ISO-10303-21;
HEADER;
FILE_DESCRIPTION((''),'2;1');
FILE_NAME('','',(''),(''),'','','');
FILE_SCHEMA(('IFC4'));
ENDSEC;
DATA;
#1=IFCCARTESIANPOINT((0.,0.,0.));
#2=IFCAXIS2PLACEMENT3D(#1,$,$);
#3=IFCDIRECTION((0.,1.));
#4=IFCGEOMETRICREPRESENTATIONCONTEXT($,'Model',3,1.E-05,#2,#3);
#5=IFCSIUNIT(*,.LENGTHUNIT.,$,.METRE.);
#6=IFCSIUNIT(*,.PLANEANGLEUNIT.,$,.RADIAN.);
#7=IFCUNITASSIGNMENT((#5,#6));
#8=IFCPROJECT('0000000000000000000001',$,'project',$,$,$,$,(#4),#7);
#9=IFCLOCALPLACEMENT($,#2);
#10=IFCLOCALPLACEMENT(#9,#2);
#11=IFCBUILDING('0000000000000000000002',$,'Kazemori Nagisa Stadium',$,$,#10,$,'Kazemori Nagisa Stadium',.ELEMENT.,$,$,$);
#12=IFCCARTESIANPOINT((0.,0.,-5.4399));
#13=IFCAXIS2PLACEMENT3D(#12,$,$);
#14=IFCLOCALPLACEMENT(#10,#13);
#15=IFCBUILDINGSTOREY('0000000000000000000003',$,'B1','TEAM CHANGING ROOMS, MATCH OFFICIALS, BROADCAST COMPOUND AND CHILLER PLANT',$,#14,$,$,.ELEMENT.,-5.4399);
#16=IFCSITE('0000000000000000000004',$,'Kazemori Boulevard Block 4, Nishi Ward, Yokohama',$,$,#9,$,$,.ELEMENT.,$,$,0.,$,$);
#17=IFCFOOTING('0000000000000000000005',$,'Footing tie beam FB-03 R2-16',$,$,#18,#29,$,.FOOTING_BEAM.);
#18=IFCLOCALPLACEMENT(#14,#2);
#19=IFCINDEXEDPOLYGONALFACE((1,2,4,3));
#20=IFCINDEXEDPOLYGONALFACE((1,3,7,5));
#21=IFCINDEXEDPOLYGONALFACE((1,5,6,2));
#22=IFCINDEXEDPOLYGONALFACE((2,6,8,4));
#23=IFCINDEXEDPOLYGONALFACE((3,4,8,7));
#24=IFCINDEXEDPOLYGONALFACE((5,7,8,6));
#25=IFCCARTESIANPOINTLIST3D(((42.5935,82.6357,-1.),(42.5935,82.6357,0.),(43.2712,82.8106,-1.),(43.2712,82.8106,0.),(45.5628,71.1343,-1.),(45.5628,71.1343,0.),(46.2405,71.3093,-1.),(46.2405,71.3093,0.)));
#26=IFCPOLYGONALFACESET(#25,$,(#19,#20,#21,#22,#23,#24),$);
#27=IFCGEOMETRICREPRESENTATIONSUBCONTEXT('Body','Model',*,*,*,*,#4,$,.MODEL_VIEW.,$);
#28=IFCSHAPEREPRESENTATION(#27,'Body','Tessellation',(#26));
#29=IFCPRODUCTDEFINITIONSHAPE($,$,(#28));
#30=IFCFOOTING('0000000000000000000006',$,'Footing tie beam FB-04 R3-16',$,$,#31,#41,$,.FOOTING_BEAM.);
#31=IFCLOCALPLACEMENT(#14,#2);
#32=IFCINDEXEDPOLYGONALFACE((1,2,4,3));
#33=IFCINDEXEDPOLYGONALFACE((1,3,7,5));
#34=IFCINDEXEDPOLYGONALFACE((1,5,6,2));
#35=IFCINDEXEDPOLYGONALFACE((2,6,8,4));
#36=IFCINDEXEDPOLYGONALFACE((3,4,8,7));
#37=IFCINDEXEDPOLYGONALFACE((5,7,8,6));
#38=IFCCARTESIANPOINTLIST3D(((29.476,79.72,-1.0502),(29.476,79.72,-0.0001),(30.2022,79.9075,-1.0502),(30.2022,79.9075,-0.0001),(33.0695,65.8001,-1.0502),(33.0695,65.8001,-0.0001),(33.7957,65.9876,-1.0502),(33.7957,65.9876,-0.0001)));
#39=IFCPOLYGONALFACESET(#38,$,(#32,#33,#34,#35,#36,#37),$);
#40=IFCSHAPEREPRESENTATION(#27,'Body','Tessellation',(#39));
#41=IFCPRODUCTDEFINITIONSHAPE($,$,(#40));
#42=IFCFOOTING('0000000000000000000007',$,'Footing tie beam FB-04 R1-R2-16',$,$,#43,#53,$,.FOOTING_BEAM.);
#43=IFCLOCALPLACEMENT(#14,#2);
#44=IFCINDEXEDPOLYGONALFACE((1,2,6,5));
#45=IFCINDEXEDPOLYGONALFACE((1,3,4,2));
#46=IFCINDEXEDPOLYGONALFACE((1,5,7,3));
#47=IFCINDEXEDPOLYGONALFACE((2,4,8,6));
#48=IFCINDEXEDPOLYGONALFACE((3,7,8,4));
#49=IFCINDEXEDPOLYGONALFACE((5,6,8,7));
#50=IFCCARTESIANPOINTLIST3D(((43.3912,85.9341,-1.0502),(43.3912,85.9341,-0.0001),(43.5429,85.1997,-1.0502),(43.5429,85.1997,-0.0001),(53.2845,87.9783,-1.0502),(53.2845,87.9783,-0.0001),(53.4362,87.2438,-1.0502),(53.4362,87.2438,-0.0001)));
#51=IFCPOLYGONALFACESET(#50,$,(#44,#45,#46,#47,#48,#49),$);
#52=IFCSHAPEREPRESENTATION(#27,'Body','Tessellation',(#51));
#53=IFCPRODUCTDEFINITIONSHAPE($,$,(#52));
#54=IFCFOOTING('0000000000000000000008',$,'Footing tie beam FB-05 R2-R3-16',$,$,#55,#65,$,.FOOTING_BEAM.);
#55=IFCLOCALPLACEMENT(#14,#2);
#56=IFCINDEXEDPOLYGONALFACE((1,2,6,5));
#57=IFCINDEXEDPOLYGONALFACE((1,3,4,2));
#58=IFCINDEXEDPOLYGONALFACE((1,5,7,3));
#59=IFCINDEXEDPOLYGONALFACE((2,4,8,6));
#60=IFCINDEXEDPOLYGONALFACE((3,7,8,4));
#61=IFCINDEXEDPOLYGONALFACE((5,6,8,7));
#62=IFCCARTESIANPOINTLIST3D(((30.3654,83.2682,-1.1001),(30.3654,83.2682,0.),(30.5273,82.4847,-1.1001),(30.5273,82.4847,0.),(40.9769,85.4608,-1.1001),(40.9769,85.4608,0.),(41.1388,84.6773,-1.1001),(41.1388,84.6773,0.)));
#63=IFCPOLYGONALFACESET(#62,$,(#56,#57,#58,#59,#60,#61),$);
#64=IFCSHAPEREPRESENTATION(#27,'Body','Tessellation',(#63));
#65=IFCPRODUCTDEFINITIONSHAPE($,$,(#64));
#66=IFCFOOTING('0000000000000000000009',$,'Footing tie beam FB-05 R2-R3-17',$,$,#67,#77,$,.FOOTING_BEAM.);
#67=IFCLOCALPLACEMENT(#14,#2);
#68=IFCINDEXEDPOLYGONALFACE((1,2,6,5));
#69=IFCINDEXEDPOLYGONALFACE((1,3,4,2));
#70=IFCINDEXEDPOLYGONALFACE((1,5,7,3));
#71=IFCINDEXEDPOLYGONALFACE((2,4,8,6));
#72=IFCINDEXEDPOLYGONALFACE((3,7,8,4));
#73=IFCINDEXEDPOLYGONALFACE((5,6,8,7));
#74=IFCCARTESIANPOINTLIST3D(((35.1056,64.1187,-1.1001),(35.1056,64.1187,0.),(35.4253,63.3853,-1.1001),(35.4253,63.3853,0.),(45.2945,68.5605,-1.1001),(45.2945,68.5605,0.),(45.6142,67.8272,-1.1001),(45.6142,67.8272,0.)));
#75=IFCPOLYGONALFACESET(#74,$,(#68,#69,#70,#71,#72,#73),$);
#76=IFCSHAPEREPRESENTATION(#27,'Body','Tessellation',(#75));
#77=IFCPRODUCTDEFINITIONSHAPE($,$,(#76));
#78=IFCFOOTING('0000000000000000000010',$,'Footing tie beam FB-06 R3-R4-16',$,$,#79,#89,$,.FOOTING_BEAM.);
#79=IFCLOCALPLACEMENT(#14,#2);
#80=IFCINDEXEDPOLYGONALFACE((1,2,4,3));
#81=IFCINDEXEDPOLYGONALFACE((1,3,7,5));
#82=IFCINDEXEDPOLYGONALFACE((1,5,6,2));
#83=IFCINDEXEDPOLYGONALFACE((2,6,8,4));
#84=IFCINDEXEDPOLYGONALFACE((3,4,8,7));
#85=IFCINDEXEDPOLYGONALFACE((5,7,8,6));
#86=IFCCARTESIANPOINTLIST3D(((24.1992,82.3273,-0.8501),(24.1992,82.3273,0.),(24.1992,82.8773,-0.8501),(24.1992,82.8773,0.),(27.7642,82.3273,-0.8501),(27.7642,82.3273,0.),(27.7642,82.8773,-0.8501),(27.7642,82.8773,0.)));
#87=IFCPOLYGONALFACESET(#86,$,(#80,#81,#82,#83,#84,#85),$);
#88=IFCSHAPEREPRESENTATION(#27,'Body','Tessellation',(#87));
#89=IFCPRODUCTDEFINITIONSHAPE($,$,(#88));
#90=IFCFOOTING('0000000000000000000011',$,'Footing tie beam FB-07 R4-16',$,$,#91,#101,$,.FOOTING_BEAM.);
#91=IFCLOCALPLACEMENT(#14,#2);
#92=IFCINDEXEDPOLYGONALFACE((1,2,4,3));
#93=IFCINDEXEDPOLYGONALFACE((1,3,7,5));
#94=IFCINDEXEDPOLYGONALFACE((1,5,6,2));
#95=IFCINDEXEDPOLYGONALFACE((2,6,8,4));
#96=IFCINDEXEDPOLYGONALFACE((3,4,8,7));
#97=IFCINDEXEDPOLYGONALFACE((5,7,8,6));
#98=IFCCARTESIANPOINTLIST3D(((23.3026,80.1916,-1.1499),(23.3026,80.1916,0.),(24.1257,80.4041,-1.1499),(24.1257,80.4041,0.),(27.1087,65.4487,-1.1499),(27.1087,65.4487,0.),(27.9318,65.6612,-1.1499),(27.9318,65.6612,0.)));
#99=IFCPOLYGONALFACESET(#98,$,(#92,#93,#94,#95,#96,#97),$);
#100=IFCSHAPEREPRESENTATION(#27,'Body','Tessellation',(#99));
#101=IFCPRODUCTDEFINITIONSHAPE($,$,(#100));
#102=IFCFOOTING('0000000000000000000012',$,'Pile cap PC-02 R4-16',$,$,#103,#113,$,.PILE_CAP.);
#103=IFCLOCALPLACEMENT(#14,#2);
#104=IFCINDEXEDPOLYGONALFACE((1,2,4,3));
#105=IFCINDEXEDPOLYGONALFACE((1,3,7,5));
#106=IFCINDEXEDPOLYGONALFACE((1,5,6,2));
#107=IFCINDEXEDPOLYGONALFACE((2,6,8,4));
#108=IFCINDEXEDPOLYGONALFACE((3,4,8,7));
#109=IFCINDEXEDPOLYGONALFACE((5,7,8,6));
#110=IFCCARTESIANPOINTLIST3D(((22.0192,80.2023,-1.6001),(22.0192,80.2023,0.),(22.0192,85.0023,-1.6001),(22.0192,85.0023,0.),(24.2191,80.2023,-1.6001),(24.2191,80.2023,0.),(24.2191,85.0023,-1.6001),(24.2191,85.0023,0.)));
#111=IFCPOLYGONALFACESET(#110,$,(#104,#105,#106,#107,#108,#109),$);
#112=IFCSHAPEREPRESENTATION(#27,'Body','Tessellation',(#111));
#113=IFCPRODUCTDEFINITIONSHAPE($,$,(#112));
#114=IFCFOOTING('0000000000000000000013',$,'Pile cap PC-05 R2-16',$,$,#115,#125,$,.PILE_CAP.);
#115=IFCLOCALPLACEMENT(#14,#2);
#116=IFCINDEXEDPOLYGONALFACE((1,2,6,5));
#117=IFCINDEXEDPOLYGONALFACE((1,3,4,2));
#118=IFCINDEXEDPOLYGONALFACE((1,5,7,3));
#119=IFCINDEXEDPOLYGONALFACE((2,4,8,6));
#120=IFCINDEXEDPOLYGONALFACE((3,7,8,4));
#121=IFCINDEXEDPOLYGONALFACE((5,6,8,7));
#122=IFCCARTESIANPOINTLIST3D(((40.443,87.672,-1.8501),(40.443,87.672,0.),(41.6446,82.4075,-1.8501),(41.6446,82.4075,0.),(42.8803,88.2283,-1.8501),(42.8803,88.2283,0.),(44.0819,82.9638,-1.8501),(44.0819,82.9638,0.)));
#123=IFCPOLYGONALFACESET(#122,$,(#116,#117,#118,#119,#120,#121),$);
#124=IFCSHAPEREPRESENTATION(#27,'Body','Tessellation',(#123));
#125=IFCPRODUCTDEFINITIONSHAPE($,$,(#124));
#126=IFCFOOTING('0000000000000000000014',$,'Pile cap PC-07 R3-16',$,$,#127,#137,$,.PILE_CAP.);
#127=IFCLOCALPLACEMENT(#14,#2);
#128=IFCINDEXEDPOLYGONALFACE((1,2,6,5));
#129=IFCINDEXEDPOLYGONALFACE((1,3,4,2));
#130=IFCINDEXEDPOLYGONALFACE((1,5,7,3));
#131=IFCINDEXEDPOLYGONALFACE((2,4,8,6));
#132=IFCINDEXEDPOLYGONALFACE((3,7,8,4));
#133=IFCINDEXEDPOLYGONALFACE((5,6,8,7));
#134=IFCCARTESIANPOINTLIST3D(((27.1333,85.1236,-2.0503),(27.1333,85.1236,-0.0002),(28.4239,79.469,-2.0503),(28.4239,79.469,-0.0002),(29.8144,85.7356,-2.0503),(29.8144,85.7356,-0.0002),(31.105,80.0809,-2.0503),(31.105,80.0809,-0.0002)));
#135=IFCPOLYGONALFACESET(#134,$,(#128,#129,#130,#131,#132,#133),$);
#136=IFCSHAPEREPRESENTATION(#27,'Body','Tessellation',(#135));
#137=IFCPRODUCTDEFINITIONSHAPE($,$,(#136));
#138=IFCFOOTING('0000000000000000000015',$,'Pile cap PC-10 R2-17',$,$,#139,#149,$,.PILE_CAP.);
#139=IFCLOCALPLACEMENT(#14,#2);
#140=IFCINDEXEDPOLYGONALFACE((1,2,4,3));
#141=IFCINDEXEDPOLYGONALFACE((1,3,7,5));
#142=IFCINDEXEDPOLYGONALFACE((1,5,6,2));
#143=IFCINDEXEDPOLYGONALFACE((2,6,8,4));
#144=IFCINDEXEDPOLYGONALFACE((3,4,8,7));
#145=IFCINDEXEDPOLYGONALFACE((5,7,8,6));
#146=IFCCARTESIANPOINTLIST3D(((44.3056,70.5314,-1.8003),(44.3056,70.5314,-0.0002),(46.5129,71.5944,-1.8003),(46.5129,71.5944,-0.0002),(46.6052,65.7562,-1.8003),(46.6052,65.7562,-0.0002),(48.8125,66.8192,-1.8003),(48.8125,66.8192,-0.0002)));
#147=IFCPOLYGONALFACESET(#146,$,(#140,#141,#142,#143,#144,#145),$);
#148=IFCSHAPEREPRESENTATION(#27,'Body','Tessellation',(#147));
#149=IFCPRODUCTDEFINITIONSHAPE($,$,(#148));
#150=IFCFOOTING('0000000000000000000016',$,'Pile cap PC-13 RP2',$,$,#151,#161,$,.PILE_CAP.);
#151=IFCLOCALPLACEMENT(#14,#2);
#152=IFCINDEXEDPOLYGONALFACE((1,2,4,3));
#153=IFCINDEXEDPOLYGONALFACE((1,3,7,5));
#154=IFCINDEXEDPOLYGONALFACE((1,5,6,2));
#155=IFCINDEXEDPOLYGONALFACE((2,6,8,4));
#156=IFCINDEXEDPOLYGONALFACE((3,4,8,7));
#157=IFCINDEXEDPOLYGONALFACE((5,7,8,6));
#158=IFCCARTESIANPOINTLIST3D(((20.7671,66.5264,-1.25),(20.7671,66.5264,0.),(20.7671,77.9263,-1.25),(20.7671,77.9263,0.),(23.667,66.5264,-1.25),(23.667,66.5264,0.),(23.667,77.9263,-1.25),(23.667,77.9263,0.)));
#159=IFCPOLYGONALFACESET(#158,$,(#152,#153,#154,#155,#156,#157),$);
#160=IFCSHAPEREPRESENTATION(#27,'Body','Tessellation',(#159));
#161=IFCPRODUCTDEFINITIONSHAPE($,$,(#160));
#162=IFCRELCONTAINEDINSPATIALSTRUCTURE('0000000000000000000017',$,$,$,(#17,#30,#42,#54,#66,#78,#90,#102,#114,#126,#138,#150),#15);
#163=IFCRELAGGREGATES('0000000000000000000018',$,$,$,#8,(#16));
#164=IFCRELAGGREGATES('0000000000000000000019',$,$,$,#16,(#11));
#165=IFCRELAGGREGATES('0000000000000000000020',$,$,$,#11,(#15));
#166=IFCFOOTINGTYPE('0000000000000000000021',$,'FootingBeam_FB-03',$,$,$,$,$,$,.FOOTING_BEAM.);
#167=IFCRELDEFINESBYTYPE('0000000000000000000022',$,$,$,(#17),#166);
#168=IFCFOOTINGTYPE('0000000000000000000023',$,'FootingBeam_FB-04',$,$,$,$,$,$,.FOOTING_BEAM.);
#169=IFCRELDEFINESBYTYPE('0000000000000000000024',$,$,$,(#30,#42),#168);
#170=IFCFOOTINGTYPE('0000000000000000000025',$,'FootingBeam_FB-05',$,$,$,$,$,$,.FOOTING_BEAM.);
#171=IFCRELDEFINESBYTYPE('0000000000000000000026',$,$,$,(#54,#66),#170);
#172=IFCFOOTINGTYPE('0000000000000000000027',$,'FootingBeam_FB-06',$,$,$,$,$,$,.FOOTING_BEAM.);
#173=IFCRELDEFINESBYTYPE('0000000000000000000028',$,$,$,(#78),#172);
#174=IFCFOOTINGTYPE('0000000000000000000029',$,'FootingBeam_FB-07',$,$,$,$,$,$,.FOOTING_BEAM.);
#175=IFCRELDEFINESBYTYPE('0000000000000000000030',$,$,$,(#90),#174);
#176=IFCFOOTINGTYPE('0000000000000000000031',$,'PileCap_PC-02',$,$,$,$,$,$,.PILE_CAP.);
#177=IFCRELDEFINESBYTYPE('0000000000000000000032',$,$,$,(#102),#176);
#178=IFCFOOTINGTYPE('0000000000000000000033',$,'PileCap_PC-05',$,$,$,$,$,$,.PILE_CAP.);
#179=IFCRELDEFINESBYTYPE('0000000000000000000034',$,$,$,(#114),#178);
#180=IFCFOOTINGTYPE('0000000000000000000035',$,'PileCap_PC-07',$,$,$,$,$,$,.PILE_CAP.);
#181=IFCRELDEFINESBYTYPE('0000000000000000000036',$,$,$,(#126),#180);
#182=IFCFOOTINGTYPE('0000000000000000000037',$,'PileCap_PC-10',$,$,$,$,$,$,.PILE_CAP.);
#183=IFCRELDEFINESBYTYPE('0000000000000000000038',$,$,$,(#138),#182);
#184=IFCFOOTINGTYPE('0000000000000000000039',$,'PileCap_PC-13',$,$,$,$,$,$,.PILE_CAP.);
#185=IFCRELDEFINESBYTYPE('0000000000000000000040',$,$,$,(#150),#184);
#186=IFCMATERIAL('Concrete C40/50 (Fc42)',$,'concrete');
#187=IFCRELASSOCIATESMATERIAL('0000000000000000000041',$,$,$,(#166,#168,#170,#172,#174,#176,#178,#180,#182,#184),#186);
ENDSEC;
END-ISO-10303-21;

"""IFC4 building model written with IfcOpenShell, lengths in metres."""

from ifc_helpers import new_model, si_unit, direction, frame, origin, origin_2d, place, context, subcontext, project, spatial, rectangle, extrude, material, material_profile, profile_set, type_object, element, save


model = new_model("IFC4")

# Units and contexts
model_context = context("Model", 3, precision=1e-05, world=origin(), true_north=direction((0.0, 1.0)))
body_context = subcontext(model_context, "Body", "Model", "MODEL_VIEW")
ifc_project = project(units=[si_unit("LENGTHUNIT", "METRE"), si_unit("PLANEANGLEUNIT", "RADIAN")], contexts=[model_context])

# Site, building, storey
site_placement = place(None, origin())
site = spatial("IfcSite", under=ifc_project, at=site_placement, Name="Kazemori Boulevard Block 4, Nishi Ward, Yokohama", CompositionType="ELEMENT", RefElevation=0.0)
building_placement = place(site_placement, origin())
building = spatial("IfcBuilding", under=site, at=building_placement, Name="Kazemori Nagisa Stadium", LongName="Kazemori Nagisa Stadium", CompositionType="ELEMENT")
storey_placement = place(building_placement, frame((0.0, 0.0, -5.4399)))
storey = spatial("IfcBuildingStorey", under=building, at=storey_placement, Name="B1", Description="TEAM CHANGING ROOMS, MATCH OFFICIALS, BROADCAST COMPOUND AND CHILLER PLANT", CompositionType="ELEMENT", Elevation=-5.4399)

# Footings
ifc_material_1 = material(Name="Concrete C40/50 (Fc42)", Category="concrete")
ifc_material_profile_1 = material_profile(ifc_material_1, rectangle(XDim=0.7, YDim=1.0, at=origin_2d()), Name="RC-FB-700x1000")
ifc_profile_set_1 = profile_set([ifc_material_profile_1], Name="Concrete C40/50 (Fc42)")
footing_type_1 = type_object("IfcFootingType", Name="FootingBeam_FB-03", PredefinedType="FOOTING_BEAM", material=ifc_profile_set_1)
footing_1_placement = place(storey_placement, frame((42.9324, 82.7231, -0.5), z_axis=(0.249971, -0.968253, 0.0), x_axis=(0.968253, 0.249971, 0.0)))
element("IfcFooting", 1, at=footing_1_placement, inside=storey, type_object=footing_type_1, Name="Footing tie beam FB-03 R2-16", PredefinedType="FOOTING_BEAM", context=body_context, shape_type="SweptSolid", body=[
    extrude(rectangle(XDim=0.7, YDim=1.0, at=origin_2d()), origin(), (0.0, 0.0, 1.0), 11.8784),
])
ifc_material_profile_2 = material_profile(ifc_material_1, rectangle(XDim=0.75, YDim=1.05, at=origin_2d()), Name="RC-FB-750x1050")
ifc_profile_set_2 = profile_set([ifc_material_profile_2], Name="Concrete C40/50 (Fc42)")
footing_type_2 = type_object("IfcFootingType", Name="FootingBeam_FB-04", PredefinedType="FOOTING_BEAM", material=ifc_profile_set_2)
footing_2_placement = place(storey_placement, frame((29.8391, 79.8137, -0.5251), z_axis=(0.249961, -0.968256, 0.0), x_axis=(0.968256, 0.249961, 0.0)))
element("IfcFooting", 2, at=footing_2_placement, inside=storey, type_object=footing_type_2, Name="Footing tie beam FB-04 R3-16", PredefinedType="FOOTING_BEAM", context=body_context, shape_type="SweptSolid", body=[
    extrude(rectangle(XDim=0.75, YDim=1.05, at=origin_2d()), origin(), (0.0, 0.0, 1.0), 14.3762),
])
footing_3_placement = place(storey_placement, frame((53.3604, 87.6111, -0.5251), z_axis=(-0.979313, -0.202349, 0.0), x_axis=(0.202349, -0.979313, 0.0)))
element("IfcFooting", 3, at=footing_3_placement, inside=storey, type_object=footing_type_2, Name="Footing tie beam FB-04 R1-R2-16", PredefinedType="FOOTING_BEAM", context=body_context, shape_type="SweptSolid", body=[
    extrude(rectangle(XDim=0.75, YDim=1.05, at=origin_2d()), origin(), (0.0, 0.0, 1.0), 10.1023),
])
ifc_material_profile_3 = material_profile(ifc_material_1, rectangle(XDim=0.8, YDim=1.1001, at=origin_2d()), Name="RC-FB-800x1100")
ifc_profile_set_3 = profile_set([ifc_material_profile_3], Name="Concrete C40/50 (Fc42)")
footing_type_3 = type_object("IfcFootingType", Name="FootingBeam_FB-05", PredefinedType="FOOTING_BEAM", material=ifc_profile_set_3)
footing_4_placement = place(storey_placement, frame((41.0579, 85.0691, -0.55), z_axis=(-0.979313, -0.202352, 0.0), x_axis=(0.202352, -0.979313, 0.0)))
element("IfcFooting", 4, at=footing_4_placement, inside=storey, type_object=footing_type_3, Name="Footing tie beam FB-05 R2-R3-16", PredefinedType="FOOTING_BEAM", context=body_context, shape_type="SweptSolid", body=[
    extrude(rectangle(XDim=0.8, YDim=1.1001, at=origin_2d()), origin(), (0.0, 0.0, 1.0), 10.8357),
])
footing_5_placement = place(storey_placement, frame((45.4543, 68.1938, -0.55), z_axis=(-0.916678, -0.399627, 0.0), x_axis=(0.399627, -0.916678, 0.0)))
element("IfcFooting", 5, at=footing_5_placement, inside=storey, type_object=footing_type_3, Name="Footing tie beam FB-05 R2-R3-17", PredefinedType="FOOTING_BEAM", context=body_context, shape_type="SweptSolid", body=[
    extrude(rectangle(XDim=0.8, YDim=1.1001, at=origin_2d()), origin(), (0.0, 0.0, 1.0), 11.115),
])
ifc_material_profile_4 = material_profile(ifc_material_1, rectangle(XDim=0.55, YDim=0.8501, at=origin_2d()), Name="RC-FB-550x850")
ifc_profile_set_4 = profile_set([ifc_material_profile_4], Name="Concrete C40/50 (Fc42)")
footing_type_4 = type_object("IfcFootingType", Name="FootingBeam_FB-06", PredefinedType="FOOTING_BEAM", material=ifc_profile_set_4)
footing_6_placement = place(storey_placement, frame((27.7642, 82.6023, -0.425), z_axis=(-1.0, 0.0, 0.0), x_axis=(0.0, -1.0, 0.0)))
element("IfcFooting", 6, at=footing_6_placement, inside=storey, type_object=footing_type_4, Name="Footing tie beam FB-06 R3-R4-16", PredefinedType="FOOTING_BEAM", context=body_context, shape_type="SweptSolid", body=[
    extrude(rectangle(XDim=0.55, YDim=0.8501, at=origin_2d()), origin(), (0.0, 0.0, 1.0), 3.5649),
])
ifc_material_profile_5 = material_profile(ifc_material_1, rectangle(XDim=0.8501, YDim=1.1499, at=origin_2d()), Name="RC-FB-850x1150")
ifc_profile_set_5 = profile_set([ifc_material_profile_5], Name="Concrete C40/50 (Fc42)")
footing_type_5 = type_object("IfcFootingType", Name="FootingBeam_FB-07", PredefinedType="FOOTING_BEAM", material=ifc_profile_set_5)
footing_7_placement = place(storey_placement, frame((23.7141, 80.2979, -0.575), z_axis=(0.249972, -0.968253, 0.0), x_axis=(0.968253, 0.249972, 0.0)))
element("IfcFooting", 7, at=footing_7_placement, inside=storey, type_object=footing_type_5, Name="Footing tie beam FB-07 R4-16", PredefinedType="FOOTING_BEAM", context=body_context, shape_type="SweptSolid", body=[
    extrude(rectangle(XDim=0.8501, YDim=1.1499, at=origin_2d()), origin(), (0.0, 0.0, 1.0), 15.2263),
])
footing_type_6 = type_object("IfcFootingType", Name="PileCap_PC-02", PredefinedType="PILE_CAP", material=ifc_material_1)
footing_8_placement = place(storey_placement, frame((23.1191, 82.6023, -1.6001), z_axis=(0.0, 0.0, 1.0), x_axis=(0.0, 1.0, 0.0)))
element("IfcFooting", 8, at=footing_8_placement, inside=storey, type_object=footing_type_6, Name="Pile cap PC-02 R4-16", PredefinedType="PILE_CAP", context=body_context, shape_type="SweptSolid", body=[
    extrude(rectangle(XDim=4.8, YDim=2.2, at=origin_2d()), origin(), (0.0, 0.0, 1.0), 1.6001),
])
footing_type_7 = type_object("IfcFootingType", Name="PileCap_PC-05", PredefinedType="PILE_CAP", material=ifc_material_1)
footing_9_placement = place(storey_placement, frame((42.2625, 85.3179, -1.8501), z_axis=(0.0, 0.0, 1.0), x_axis=(0.222521, -0.974928, 0.0)))
element("IfcFooting", 9, at=footing_9_placement, inside=storey, type_object=footing_type_7, Name="Pile cap PC-05 R2-16", PredefinedType="PILE_CAP", context=body_context, shape_type="SweptSolid", body=[
    extrude(rectangle(XDim=5.3999, YDim=2.5, at=origin_2d()), origin(), (0.0, 0.0, 1.0), 1.8501),
])
footing_type_8 = type_object("IfcFootingType", Name="PileCap_PC-07", PredefinedType="PILE_CAP", material=ifc_material_1)
footing_10_placement = place(storey_placement, frame((29.1191, 82.6023, -2.0503), z_axis=(0.0, 0.0, 1.0), x_axis=(0.222521, -0.974928, 0.0)))
element("IfcFooting", 10, at=footing_10_placement, inside=storey, type_object=footing_type_8, Name="Pile cap PC-07 R3-16", PredefinedType="PILE_CAP", context=body_context, shape_type="SweptSolid", body=[
    extrude(rectangle(XDim=5.8, YDim=2.75, at=origin_2d()), origin(), (0.0, 0.0, 1.0), 2.05),
])
footing_type_9 = type_object("IfcFootingType", Name="PileCap_PC-10", PredefinedType="PILE_CAP", material=ifc_material_1)
footing_11_placement = place(storey_placement, frame((46.5591, 68.6753, -1.8003), z_axis=(0.0, 0.0, 1.0), x_axis=(0.433884, -0.900969, 0.0)))
element("IfcFooting", 11, at=footing_11_placement, inside=storey, type_object=footing_type_9, Name="Pile cap PC-10 R2-17", PredefinedType="PILE_CAP", context=body_context, shape_type="SweptSolid", body=[
    extrude(rectangle(XDim=5.3, YDim=2.45, at=origin_2d()), origin(), (0.0, 0.0, 1.0), 1.8),
])
footing_type_10 = type_object("IfcFootingType", Name="PileCap_PC-13", PredefinedType="PILE_CAP", material=ifc_material_1)
footing_12_placement = place(storey_placement, frame((22.217, 72.2263, -1.25), z_axis=(0.0, 0.0, 1.0), x_axis=(0.0, 1.0, 0.0)))
element("IfcFooting", 12, at=footing_12_placement, inside=storey, type_object=footing_type_10, Name="Pile cap PC-13 RP2", PredefinedType="PILE_CAP", context=body_context, shape_type="SweptSolid", body=[
    extrude(rectangle(XDim=11.3999, YDim=2.8999, at=origin_2d()), origin(), (0.0, 0.0, 1.0), 1.25),
])

save(model, "model.ifc")
